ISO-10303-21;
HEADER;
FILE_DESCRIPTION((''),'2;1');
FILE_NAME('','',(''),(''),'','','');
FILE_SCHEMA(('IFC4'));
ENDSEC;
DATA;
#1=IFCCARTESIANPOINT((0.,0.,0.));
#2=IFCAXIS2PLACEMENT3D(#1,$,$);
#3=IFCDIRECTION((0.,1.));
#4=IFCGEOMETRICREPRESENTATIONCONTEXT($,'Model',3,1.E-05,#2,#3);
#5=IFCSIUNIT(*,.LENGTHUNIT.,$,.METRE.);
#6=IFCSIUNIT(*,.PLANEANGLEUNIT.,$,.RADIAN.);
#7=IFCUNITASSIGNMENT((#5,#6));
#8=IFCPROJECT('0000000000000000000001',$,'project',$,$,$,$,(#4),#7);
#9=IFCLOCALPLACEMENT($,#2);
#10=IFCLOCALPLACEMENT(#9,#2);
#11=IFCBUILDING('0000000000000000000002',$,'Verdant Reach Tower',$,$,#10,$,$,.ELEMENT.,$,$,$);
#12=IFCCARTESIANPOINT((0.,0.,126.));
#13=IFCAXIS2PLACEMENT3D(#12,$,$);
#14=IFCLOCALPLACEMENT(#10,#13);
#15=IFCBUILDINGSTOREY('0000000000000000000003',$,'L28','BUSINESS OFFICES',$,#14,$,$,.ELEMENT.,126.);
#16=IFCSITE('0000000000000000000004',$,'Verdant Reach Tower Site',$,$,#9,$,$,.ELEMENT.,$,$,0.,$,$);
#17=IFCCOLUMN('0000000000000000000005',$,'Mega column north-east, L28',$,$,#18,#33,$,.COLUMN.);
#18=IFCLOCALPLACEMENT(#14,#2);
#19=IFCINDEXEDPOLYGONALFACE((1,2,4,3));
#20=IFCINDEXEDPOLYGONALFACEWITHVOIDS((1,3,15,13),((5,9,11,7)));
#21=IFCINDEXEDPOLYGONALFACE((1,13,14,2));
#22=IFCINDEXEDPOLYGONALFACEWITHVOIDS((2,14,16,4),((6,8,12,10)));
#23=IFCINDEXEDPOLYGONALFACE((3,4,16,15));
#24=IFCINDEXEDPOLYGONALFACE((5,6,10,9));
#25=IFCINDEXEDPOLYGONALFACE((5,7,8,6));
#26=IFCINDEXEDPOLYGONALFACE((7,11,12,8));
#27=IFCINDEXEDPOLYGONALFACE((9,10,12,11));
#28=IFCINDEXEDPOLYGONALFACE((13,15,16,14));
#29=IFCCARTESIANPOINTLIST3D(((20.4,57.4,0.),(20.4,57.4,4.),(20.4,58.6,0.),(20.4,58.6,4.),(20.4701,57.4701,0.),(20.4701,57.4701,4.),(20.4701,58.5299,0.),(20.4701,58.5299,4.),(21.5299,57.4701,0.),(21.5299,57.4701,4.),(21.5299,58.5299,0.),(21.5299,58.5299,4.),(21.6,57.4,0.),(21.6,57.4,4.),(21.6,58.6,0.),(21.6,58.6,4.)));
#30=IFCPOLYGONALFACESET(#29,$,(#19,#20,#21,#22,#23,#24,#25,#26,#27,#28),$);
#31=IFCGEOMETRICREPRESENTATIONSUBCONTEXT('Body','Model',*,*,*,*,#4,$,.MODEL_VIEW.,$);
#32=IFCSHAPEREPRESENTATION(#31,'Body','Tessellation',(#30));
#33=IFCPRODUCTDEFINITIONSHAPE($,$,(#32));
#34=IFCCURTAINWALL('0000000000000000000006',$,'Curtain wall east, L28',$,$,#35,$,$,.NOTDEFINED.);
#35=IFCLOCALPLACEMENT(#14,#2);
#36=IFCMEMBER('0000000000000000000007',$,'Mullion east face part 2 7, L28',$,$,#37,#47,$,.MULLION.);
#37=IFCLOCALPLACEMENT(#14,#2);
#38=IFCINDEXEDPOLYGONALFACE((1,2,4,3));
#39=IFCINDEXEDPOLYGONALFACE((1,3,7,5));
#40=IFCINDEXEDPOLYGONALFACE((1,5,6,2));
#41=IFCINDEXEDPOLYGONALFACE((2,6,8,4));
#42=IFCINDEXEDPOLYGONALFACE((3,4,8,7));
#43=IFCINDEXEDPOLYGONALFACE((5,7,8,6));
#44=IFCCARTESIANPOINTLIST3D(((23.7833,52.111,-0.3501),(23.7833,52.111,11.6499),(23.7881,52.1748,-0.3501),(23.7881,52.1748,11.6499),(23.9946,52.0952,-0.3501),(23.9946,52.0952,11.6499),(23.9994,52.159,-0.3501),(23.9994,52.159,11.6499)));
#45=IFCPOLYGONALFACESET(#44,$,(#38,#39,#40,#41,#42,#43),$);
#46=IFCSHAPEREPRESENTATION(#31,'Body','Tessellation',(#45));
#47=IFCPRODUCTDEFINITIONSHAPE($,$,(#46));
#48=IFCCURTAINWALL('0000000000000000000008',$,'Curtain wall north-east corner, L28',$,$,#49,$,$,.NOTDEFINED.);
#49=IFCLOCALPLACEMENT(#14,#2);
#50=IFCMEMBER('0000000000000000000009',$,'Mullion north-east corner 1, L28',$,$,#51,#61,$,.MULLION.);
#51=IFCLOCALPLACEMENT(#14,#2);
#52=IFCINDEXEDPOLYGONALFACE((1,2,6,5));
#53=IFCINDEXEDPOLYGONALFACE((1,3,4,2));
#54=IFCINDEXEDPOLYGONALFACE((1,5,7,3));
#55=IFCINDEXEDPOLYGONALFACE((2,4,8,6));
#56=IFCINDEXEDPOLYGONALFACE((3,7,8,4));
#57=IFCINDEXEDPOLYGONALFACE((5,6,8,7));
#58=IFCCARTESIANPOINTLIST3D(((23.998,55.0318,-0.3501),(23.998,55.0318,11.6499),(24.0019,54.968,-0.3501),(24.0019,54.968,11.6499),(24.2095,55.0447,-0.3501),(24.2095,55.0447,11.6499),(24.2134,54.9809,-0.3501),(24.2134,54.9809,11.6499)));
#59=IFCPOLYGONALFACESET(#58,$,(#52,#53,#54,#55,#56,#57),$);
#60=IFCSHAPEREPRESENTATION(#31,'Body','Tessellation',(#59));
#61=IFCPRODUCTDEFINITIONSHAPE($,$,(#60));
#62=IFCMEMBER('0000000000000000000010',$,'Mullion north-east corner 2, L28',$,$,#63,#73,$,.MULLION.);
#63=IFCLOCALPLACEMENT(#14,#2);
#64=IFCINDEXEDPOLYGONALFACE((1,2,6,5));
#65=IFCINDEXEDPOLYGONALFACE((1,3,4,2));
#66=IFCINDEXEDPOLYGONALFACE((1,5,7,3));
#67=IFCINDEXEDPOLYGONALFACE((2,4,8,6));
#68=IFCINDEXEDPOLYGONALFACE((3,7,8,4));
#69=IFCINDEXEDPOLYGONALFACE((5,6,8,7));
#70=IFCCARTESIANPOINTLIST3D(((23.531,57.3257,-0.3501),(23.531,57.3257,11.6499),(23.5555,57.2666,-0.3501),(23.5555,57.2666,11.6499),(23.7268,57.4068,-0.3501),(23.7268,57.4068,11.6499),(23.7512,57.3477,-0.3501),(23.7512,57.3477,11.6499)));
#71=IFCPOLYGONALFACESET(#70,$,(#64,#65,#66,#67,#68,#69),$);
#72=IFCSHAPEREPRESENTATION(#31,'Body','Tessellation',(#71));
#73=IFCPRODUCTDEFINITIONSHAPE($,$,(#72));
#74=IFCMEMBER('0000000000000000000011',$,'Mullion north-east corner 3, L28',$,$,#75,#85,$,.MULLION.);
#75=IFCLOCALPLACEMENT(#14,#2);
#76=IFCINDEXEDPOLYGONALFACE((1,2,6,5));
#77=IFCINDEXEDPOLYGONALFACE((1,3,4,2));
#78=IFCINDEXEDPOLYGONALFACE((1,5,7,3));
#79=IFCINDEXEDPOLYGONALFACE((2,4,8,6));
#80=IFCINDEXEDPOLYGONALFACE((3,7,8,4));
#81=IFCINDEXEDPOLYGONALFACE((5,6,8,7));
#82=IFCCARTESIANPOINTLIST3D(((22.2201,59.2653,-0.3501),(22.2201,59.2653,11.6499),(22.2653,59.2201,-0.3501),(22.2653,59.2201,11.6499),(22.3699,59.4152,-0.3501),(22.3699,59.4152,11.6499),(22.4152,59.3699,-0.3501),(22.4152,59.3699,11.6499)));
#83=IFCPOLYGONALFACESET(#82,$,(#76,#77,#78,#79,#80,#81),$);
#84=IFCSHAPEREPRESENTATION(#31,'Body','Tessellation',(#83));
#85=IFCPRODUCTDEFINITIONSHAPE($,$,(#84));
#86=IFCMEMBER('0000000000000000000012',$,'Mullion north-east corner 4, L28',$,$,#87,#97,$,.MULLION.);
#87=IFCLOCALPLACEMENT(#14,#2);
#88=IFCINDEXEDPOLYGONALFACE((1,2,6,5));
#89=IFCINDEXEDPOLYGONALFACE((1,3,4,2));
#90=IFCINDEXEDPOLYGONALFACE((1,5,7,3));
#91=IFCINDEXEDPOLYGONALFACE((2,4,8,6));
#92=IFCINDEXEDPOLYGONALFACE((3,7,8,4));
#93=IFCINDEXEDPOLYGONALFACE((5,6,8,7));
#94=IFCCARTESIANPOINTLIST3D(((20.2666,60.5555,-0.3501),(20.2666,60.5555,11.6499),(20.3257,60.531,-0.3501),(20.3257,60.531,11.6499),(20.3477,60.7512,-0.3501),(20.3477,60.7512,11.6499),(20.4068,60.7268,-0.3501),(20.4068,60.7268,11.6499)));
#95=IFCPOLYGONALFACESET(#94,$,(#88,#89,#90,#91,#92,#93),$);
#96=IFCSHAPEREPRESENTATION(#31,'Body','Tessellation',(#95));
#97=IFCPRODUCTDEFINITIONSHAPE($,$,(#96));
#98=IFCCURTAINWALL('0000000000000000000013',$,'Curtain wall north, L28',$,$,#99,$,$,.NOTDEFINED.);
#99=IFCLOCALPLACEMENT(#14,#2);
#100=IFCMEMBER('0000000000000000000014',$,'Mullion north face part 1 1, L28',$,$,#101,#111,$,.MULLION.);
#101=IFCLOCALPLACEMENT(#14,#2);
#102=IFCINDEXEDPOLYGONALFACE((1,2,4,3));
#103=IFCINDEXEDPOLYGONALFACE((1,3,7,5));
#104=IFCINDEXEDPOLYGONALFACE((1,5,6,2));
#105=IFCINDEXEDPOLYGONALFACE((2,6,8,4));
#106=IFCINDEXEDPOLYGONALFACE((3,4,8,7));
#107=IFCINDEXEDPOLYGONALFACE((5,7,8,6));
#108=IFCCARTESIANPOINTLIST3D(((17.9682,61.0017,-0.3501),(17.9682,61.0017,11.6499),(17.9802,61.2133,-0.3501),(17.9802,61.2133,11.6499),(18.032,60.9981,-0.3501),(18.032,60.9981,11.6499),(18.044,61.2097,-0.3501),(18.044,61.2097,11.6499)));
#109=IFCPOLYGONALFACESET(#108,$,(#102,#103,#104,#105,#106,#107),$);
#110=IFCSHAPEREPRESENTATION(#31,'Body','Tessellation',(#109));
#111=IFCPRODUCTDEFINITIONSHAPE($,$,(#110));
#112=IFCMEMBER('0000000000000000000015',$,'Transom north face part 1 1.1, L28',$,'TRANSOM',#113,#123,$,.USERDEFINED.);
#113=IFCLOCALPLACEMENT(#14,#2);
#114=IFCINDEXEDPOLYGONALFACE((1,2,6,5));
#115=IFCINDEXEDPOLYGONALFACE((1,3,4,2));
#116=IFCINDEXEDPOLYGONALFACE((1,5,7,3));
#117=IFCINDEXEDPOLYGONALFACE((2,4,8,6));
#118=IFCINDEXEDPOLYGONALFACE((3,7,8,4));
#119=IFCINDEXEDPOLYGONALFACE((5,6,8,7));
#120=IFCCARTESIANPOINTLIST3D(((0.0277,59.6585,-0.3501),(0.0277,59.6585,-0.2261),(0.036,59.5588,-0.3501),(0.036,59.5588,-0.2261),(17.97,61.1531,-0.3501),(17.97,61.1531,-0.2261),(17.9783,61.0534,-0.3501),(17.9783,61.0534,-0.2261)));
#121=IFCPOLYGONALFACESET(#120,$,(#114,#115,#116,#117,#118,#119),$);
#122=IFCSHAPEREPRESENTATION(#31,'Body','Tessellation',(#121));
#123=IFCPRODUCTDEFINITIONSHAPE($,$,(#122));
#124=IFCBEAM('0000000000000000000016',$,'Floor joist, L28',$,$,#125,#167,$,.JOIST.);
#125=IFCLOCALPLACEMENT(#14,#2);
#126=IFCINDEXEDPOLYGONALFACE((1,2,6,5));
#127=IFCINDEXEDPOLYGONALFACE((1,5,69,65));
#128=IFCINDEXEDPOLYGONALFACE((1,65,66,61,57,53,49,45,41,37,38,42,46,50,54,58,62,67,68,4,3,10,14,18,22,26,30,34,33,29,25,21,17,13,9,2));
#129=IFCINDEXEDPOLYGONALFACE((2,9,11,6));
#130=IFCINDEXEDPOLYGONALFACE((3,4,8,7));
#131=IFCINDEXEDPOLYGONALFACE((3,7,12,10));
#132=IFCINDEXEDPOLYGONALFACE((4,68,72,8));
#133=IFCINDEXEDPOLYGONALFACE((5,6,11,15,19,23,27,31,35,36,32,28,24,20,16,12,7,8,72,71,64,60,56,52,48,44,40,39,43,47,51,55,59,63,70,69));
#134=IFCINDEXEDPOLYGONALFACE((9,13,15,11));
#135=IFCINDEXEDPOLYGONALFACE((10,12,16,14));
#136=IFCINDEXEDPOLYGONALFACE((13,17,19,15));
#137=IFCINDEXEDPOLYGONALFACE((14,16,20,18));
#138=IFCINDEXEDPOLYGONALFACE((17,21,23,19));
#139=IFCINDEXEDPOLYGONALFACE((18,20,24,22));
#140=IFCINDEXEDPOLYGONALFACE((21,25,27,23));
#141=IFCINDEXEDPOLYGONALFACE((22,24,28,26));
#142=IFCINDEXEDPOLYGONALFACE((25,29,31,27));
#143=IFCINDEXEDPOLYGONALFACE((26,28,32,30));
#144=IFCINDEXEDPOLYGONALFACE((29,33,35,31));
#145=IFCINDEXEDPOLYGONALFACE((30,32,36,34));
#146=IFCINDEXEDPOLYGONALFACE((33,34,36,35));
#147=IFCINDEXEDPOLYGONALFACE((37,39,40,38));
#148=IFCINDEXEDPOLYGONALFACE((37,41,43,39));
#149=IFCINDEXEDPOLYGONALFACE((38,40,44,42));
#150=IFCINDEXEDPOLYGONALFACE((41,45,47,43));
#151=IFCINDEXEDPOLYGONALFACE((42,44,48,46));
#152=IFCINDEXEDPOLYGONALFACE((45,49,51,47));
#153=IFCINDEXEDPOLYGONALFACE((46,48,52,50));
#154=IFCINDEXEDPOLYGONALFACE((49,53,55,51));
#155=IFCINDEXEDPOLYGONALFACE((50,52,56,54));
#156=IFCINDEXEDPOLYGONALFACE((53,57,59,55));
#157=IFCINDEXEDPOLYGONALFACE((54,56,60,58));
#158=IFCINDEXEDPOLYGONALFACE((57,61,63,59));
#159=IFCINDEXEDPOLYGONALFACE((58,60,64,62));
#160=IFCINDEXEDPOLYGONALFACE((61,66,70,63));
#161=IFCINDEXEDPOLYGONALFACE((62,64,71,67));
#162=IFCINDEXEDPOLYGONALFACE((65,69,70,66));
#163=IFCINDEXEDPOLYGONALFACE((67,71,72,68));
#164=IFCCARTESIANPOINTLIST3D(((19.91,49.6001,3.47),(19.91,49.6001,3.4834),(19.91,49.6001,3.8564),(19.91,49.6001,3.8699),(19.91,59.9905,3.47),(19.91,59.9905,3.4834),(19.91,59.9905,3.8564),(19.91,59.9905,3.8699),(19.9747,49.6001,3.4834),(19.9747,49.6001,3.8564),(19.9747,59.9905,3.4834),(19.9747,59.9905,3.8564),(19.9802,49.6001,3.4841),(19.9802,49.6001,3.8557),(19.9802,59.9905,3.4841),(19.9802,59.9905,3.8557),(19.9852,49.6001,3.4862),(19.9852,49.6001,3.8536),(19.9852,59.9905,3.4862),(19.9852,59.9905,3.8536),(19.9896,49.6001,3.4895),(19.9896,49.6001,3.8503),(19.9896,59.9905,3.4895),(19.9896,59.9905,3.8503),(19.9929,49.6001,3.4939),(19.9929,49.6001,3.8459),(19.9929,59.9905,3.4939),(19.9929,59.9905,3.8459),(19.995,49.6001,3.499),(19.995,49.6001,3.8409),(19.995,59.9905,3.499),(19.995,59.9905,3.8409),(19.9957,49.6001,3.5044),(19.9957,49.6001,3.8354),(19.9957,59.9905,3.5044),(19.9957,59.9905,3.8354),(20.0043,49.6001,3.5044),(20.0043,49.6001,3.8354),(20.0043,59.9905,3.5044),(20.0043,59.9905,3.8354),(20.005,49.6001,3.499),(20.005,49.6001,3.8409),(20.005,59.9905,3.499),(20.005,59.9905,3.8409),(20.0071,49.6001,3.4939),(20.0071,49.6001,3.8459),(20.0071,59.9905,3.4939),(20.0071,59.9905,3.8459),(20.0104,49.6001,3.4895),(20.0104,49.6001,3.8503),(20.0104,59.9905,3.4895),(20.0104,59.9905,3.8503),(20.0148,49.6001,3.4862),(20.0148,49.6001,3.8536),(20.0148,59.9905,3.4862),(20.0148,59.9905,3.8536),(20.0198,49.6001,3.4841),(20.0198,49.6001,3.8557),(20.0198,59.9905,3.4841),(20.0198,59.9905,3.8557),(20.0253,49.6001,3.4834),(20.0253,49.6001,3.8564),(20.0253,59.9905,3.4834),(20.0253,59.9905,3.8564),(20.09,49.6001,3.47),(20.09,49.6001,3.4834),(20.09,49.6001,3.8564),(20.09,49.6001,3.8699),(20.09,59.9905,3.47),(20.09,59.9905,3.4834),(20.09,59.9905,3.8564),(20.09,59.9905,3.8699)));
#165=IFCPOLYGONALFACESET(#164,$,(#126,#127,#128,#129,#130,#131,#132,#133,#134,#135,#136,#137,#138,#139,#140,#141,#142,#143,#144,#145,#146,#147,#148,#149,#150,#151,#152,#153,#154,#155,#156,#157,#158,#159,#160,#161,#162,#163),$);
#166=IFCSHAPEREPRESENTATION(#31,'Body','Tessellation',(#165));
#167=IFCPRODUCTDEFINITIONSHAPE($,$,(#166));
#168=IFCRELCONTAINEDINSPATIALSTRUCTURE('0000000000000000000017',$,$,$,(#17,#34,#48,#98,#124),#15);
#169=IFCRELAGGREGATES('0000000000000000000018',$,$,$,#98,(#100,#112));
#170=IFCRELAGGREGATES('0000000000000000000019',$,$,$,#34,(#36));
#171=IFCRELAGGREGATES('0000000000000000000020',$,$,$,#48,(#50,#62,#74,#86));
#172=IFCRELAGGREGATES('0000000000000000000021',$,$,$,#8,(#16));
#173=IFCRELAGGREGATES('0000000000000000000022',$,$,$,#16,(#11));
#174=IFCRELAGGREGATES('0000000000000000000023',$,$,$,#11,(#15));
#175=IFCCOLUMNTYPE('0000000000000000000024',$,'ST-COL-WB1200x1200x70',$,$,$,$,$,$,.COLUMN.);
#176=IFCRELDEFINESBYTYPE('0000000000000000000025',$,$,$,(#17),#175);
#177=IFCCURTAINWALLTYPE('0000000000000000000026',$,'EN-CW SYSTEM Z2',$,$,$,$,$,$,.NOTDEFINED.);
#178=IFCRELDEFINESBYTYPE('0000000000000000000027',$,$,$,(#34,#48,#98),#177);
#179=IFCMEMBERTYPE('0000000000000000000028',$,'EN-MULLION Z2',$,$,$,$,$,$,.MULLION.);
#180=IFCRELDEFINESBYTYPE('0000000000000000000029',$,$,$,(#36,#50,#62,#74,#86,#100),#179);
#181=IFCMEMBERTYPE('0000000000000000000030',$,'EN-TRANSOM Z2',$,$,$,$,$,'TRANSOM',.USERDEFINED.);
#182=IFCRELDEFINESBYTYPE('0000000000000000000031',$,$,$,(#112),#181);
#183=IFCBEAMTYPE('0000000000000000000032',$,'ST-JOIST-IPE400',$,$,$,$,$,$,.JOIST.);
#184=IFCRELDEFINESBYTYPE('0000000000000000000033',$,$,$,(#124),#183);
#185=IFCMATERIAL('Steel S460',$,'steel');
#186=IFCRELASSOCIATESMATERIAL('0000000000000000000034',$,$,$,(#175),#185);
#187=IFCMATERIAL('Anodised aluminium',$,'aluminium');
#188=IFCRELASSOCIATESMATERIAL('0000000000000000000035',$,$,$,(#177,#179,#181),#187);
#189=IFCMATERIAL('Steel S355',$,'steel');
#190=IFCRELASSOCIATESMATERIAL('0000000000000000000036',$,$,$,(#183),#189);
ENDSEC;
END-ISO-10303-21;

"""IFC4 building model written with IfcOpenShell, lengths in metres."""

from ifc_helpers import new_model, si_unit, direction, frame, origin, origin_2d, place, context, subcontext, project, spatial, rectangle, hollow_rectangle, i_section, extrude, material, material_profile, profile_set, type_object, element, aggregate, save


model = new_model("IFC4")

# Units and contexts
model_context = context("Model", 3, precision=1e-05, world=origin(), true_north=direction((0.0, 1.0)))
body_context = subcontext(model_context, "Body", "Model", "MODEL_VIEW")
ifc_project = project(units=[si_unit("LENGTHUNIT", "METRE"), si_unit("PLANEANGLEUNIT", "RADIAN")], contexts=[model_context])

# Site, building, storey
site_placement = place(None, origin())
site = spatial("IfcSite", under=ifc_project, at=site_placement, Name="Verdant Reach Tower Site", CompositionType="ELEMENT", RefElevation=0.0)
building_placement = place(site_placement, origin())
building = spatial("IfcBuilding", under=site, at=building_placement, Name="Verdant Reach Tower", CompositionType="ELEMENT")
storey_placement = place(building_placement, frame((0.0, 0.0, 126.0)))
storey = spatial("IfcBuildingStorey", under=building, at=storey_placement, Name="L28", Description="BUSINESS OFFICES", CompositionType="ELEMENT", Elevation=126.0)

# Column
ifc_material_1 = material(Name="Steel S460", Category="steel")
ifc_material_profile_1 = material_profile(ifc_material_1, hollow_rectangle(XDim=1.2, YDim=1.2, WallThickness=0.0701, at=origin_2d()), Name="WB 1200x1200x70")
ifc_profile_set_1 = profile_set([ifc_material_profile_1], Name="Steel S460")
column_type = type_object("IfcColumnType", Name="ST-COL-WB1200x1200x70", PredefinedType="COLUMN", material=ifc_profile_set_1)
column_placement = place(storey_placement, frame((21.0, 58.0, 0.0), z_axis=(0.0, 0.0, 1.0), x_axis=(1.0, 0.0, 0.0)))
element("IfcColumn", 1, at=column_placement, inside=storey, type_object=column_type, Name="Mega column north-east, L28", PredefinedType="COLUMN", context=body_context, shape_type="SweptSolid", body=[
    extrude(hollow_rectangle(XDim=1.2, YDim=1.2, WallThickness=0.0701, at=origin_2d()), origin(), (0.0, 0.0, 1.0), 4.0),
])

# Curtain wall, member
ifc_material_2 = material(Name="Anodised aluminium", Category="aluminium")
curtain_wall_type = type_object("IfcCurtainWallType", Name="EN-CW SYSTEM Z2", PredefinedType="NOTDEFINED", material=ifc_material_2)
curtain_wall_1_placement = place(storey_placement, origin())
curtain_wall_1 = element("IfcCurtainWall", 2, at=curtain_wall_1_placement, inside=storey, type_object=curtain_wall_type, Name="Curtain wall east, L28", PredefinedType="NOTDEFINED")
ifc_material_profile_2 = material_profile(ifc_material_2, rectangle(XDim=0.2119, YDim=0.064, at=origin_2d()), Name="Mullion 64x212")
ifc_profile_set_2 = profile_set([ifc_material_profile_2], Name="Anodised aluminium")
member_type_1 = type_object("IfcMemberType", Name="EN-MULLION Z2", PredefinedType="MULLION", material=ifc_profile_set_2)
member_1_placement = place(storey_placement, frame((23.8914, 52.135, -0.3501), z_axis=(0.0, 0.0, 1.0), x_axis=(0.997199, -0.07479, 0.0)))
member_1 = element("IfcMember", 3, at=member_1_placement, type_object=member_type_1, Name="Mullion east face part 2 7, L28", PredefinedType="MULLION", context=body_context, shape_type="SweptSolid", body=[
    extrude(rectangle(XDim=0.2119, YDim=0.064, at=origin_2d()), origin(), (0.0, 0.0, 1.0), 12.0),
])

# Curtain walls, members
curtain_wall_2_placement = place(storey_placement, origin())
curtain_wall_2 = element("IfcCurtainWall", 4, at=curtain_wall_2_placement, inside=storey, type_object=curtain_wall_type, Name="Curtain wall north-east corner, L28", PredefinedType="NOTDEFINED")
member_2_placement = place(storey_placement, frame((24.1057, 55.0063, -0.3501), z_axis=(0.0, 0.0, 1.0), x_axis=(0.998156, 0.060703, 0.0)))
member_2 = element("IfcMember", 5, at=member_2_placement, type_object=member_type_1, Name="Mullion north-east corner 1, L28", PredefinedType="MULLION", context=body_context, shape_type="SweptSolid", body=[
    extrude(rectangle(XDim=0.2119, YDim=0.064, at=origin_2d()), origin(), (0.0, 0.0, 1.0), 12.0),
])
member_3_placement = place(storey_placement, frame((23.6411, 57.3367, -0.3501), z_axis=(0.0, 0.0, 1.0), x_axis=(0.923875, 0.382694, 0.0)))
member_3 = element("IfcMember", 6, at=member_3_placement, type_object=member_type_1, Name="Mullion north-east corner 2, L28", PredefinedType="MULLION", context=body_context, shape_type="SweptSolid", body=[
    extrude(rectangle(XDim=0.2119, YDim=0.064, at=origin_2d()), origin(), (0.0, 0.0, 1.0), 12.0),
])
member_4_placement = place(storey_placement, frame((22.3176, 59.3176, -0.3501), z_axis=(0.0, 0.0, 1.0), x_axis=(0.707107, 0.707107, 0.0)))
member_4 = element("IfcMember", 7, at=member_4_placement, type_object=member_type_1, Name="Mullion north-east corner 3, L28", PredefinedType="MULLION", context=body_context, shape_type="SweptSolid", body=[
    extrude(rectangle(XDim=0.2119, YDim=0.064, at=origin_2d()), origin(), (0.0, 0.0, 1.0), 12.0),
])
member_5_placement = place(storey_placement, frame((20.3367, 60.6411, -0.3501), z_axis=(0.0, 0.0, 1.0), x_axis=(0.382694, 0.923875, 0.0)))
member_5 = element("IfcMember", 8, at=member_5_placement, type_object=member_type_1, Name="Mullion north-east corner 4, L28", PredefinedType="MULLION", context=body_context, shape_type="SweptSolid", body=[
    extrude(rectangle(XDim=0.2119, YDim=0.064, at=origin_2d()), origin(), (0.0, 0.0, 1.0), 12.0),
])
curtain_wall_3_placement = place(storey_placement, origin())
curtain_wall_3 = element("IfcCurtainWall", 9, at=curtain_wall_3_placement, inside=storey, type_object=curtain_wall_type, Name="Curtain wall north, L28", PredefinedType="NOTDEFINED")
member_6_placement = place(storey_placement, frame((18.0061, 61.1057, -0.3501), z_axis=(0.0, 0.0, 1.0), x_axis=(0.056569, 0.998399, 0.0)))
member_6 = element("IfcMember", 10, at=member_6_placement, type_object=member_type_1, Name="Mullion north face part 1 1, L28", PredefinedType="MULLION", context=body_context, shape_type="SweptSolid", body=[
    extrude(rectangle(XDim=0.2119, YDim=0.064, at=origin_2d()), origin(), (0.0, 0.0, 1.0), 12.0),
])
ifc_material_profile_3 = material_profile(ifc_material_2, rectangle(XDim=0.1001, YDim=0.124, at=origin_2d()), Name="Transom 124x100")
ifc_profile_set_3 = profile_set([ifc_material_profile_3], Name="Anodised aluminium")
member_type_2 = type_object("IfcMemberType", Name="EN-TRANSOM Z2", ElementType="TRANSOM", PredefinedType="USERDEFINED", material=ifc_profile_set_3)
member_7_placement = place(storey_placement, frame((17.9741, 61.1033, -0.2881), z_axis=(-0.996548, -0.083015, 0.0), x_axis=(0.083015, -0.996548, 0.0)))
member_7 = element("IfcMember", 11, at=member_7_placement, type_object=member_type_2, Name="Transom north face part 1 1.1, L28", ObjectType="TRANSOM", PredefinedType="USERDEFINED", context=body_context, shape_type="SweptSolid", body=[
    extrude(rectangle(XDim=0.1001, YDim=0.124, at=origin_2d()), origin(), (0.0, 0.0, 1.0), 18.0044),
])

# Beam
ifc_material_3 = material(Name="Steel S355", Category="steel")
ifc_material_profile_4 = material_profile(ifc_material_3, i_section(OverallWidth=0.1799, OverallDepth=0.3999, WebThickness=0.0085, FlangeThickness=0.0134, FilletRadius=0.021, at=origin_2d()), Name="IPE 400")
ifc_profile_set_4 = profile_set([ifc_material_profile_4], Name="Steel S355")
beam_type_1 = type_object("IfcBeamType", Name="ST-JOIST-IPE400", PredefinedType="JOIST", material=ifc_profile_set_4)
beam_1_placement = place(storey_placement, frame((20.0, 49.6001, 3.6699), z_axis=(0.0, 1.0, 0.0), x_axis=(-1.0, 0.0, 0.0)))
element("IfcBeam", 12, at=beam_1_placement, inside=storey, type_object=beam_type_1, Name="Floor joist, L28", PredefinedType="JOIST", context=body_context, shape_type="SweptSolid", body=[
    extrude(i_section(OverallWidth=0.1799, OverallDepth=0.3999, WebThickness=0.0085, FlangeThickness=0.0134, FilletRadius=0.021, at=origin_2d()), origin(), (0.0, 0.0, 1.0), 10.3904),
])

aggregate(curtain_wall_3, [member_6, member_7])
aggregate(curtain_wall_1, [member_1])
aggregate(curtain_wall_2, [member_2, member_3, member_4, member_5])

save(model, "model.ifc")
